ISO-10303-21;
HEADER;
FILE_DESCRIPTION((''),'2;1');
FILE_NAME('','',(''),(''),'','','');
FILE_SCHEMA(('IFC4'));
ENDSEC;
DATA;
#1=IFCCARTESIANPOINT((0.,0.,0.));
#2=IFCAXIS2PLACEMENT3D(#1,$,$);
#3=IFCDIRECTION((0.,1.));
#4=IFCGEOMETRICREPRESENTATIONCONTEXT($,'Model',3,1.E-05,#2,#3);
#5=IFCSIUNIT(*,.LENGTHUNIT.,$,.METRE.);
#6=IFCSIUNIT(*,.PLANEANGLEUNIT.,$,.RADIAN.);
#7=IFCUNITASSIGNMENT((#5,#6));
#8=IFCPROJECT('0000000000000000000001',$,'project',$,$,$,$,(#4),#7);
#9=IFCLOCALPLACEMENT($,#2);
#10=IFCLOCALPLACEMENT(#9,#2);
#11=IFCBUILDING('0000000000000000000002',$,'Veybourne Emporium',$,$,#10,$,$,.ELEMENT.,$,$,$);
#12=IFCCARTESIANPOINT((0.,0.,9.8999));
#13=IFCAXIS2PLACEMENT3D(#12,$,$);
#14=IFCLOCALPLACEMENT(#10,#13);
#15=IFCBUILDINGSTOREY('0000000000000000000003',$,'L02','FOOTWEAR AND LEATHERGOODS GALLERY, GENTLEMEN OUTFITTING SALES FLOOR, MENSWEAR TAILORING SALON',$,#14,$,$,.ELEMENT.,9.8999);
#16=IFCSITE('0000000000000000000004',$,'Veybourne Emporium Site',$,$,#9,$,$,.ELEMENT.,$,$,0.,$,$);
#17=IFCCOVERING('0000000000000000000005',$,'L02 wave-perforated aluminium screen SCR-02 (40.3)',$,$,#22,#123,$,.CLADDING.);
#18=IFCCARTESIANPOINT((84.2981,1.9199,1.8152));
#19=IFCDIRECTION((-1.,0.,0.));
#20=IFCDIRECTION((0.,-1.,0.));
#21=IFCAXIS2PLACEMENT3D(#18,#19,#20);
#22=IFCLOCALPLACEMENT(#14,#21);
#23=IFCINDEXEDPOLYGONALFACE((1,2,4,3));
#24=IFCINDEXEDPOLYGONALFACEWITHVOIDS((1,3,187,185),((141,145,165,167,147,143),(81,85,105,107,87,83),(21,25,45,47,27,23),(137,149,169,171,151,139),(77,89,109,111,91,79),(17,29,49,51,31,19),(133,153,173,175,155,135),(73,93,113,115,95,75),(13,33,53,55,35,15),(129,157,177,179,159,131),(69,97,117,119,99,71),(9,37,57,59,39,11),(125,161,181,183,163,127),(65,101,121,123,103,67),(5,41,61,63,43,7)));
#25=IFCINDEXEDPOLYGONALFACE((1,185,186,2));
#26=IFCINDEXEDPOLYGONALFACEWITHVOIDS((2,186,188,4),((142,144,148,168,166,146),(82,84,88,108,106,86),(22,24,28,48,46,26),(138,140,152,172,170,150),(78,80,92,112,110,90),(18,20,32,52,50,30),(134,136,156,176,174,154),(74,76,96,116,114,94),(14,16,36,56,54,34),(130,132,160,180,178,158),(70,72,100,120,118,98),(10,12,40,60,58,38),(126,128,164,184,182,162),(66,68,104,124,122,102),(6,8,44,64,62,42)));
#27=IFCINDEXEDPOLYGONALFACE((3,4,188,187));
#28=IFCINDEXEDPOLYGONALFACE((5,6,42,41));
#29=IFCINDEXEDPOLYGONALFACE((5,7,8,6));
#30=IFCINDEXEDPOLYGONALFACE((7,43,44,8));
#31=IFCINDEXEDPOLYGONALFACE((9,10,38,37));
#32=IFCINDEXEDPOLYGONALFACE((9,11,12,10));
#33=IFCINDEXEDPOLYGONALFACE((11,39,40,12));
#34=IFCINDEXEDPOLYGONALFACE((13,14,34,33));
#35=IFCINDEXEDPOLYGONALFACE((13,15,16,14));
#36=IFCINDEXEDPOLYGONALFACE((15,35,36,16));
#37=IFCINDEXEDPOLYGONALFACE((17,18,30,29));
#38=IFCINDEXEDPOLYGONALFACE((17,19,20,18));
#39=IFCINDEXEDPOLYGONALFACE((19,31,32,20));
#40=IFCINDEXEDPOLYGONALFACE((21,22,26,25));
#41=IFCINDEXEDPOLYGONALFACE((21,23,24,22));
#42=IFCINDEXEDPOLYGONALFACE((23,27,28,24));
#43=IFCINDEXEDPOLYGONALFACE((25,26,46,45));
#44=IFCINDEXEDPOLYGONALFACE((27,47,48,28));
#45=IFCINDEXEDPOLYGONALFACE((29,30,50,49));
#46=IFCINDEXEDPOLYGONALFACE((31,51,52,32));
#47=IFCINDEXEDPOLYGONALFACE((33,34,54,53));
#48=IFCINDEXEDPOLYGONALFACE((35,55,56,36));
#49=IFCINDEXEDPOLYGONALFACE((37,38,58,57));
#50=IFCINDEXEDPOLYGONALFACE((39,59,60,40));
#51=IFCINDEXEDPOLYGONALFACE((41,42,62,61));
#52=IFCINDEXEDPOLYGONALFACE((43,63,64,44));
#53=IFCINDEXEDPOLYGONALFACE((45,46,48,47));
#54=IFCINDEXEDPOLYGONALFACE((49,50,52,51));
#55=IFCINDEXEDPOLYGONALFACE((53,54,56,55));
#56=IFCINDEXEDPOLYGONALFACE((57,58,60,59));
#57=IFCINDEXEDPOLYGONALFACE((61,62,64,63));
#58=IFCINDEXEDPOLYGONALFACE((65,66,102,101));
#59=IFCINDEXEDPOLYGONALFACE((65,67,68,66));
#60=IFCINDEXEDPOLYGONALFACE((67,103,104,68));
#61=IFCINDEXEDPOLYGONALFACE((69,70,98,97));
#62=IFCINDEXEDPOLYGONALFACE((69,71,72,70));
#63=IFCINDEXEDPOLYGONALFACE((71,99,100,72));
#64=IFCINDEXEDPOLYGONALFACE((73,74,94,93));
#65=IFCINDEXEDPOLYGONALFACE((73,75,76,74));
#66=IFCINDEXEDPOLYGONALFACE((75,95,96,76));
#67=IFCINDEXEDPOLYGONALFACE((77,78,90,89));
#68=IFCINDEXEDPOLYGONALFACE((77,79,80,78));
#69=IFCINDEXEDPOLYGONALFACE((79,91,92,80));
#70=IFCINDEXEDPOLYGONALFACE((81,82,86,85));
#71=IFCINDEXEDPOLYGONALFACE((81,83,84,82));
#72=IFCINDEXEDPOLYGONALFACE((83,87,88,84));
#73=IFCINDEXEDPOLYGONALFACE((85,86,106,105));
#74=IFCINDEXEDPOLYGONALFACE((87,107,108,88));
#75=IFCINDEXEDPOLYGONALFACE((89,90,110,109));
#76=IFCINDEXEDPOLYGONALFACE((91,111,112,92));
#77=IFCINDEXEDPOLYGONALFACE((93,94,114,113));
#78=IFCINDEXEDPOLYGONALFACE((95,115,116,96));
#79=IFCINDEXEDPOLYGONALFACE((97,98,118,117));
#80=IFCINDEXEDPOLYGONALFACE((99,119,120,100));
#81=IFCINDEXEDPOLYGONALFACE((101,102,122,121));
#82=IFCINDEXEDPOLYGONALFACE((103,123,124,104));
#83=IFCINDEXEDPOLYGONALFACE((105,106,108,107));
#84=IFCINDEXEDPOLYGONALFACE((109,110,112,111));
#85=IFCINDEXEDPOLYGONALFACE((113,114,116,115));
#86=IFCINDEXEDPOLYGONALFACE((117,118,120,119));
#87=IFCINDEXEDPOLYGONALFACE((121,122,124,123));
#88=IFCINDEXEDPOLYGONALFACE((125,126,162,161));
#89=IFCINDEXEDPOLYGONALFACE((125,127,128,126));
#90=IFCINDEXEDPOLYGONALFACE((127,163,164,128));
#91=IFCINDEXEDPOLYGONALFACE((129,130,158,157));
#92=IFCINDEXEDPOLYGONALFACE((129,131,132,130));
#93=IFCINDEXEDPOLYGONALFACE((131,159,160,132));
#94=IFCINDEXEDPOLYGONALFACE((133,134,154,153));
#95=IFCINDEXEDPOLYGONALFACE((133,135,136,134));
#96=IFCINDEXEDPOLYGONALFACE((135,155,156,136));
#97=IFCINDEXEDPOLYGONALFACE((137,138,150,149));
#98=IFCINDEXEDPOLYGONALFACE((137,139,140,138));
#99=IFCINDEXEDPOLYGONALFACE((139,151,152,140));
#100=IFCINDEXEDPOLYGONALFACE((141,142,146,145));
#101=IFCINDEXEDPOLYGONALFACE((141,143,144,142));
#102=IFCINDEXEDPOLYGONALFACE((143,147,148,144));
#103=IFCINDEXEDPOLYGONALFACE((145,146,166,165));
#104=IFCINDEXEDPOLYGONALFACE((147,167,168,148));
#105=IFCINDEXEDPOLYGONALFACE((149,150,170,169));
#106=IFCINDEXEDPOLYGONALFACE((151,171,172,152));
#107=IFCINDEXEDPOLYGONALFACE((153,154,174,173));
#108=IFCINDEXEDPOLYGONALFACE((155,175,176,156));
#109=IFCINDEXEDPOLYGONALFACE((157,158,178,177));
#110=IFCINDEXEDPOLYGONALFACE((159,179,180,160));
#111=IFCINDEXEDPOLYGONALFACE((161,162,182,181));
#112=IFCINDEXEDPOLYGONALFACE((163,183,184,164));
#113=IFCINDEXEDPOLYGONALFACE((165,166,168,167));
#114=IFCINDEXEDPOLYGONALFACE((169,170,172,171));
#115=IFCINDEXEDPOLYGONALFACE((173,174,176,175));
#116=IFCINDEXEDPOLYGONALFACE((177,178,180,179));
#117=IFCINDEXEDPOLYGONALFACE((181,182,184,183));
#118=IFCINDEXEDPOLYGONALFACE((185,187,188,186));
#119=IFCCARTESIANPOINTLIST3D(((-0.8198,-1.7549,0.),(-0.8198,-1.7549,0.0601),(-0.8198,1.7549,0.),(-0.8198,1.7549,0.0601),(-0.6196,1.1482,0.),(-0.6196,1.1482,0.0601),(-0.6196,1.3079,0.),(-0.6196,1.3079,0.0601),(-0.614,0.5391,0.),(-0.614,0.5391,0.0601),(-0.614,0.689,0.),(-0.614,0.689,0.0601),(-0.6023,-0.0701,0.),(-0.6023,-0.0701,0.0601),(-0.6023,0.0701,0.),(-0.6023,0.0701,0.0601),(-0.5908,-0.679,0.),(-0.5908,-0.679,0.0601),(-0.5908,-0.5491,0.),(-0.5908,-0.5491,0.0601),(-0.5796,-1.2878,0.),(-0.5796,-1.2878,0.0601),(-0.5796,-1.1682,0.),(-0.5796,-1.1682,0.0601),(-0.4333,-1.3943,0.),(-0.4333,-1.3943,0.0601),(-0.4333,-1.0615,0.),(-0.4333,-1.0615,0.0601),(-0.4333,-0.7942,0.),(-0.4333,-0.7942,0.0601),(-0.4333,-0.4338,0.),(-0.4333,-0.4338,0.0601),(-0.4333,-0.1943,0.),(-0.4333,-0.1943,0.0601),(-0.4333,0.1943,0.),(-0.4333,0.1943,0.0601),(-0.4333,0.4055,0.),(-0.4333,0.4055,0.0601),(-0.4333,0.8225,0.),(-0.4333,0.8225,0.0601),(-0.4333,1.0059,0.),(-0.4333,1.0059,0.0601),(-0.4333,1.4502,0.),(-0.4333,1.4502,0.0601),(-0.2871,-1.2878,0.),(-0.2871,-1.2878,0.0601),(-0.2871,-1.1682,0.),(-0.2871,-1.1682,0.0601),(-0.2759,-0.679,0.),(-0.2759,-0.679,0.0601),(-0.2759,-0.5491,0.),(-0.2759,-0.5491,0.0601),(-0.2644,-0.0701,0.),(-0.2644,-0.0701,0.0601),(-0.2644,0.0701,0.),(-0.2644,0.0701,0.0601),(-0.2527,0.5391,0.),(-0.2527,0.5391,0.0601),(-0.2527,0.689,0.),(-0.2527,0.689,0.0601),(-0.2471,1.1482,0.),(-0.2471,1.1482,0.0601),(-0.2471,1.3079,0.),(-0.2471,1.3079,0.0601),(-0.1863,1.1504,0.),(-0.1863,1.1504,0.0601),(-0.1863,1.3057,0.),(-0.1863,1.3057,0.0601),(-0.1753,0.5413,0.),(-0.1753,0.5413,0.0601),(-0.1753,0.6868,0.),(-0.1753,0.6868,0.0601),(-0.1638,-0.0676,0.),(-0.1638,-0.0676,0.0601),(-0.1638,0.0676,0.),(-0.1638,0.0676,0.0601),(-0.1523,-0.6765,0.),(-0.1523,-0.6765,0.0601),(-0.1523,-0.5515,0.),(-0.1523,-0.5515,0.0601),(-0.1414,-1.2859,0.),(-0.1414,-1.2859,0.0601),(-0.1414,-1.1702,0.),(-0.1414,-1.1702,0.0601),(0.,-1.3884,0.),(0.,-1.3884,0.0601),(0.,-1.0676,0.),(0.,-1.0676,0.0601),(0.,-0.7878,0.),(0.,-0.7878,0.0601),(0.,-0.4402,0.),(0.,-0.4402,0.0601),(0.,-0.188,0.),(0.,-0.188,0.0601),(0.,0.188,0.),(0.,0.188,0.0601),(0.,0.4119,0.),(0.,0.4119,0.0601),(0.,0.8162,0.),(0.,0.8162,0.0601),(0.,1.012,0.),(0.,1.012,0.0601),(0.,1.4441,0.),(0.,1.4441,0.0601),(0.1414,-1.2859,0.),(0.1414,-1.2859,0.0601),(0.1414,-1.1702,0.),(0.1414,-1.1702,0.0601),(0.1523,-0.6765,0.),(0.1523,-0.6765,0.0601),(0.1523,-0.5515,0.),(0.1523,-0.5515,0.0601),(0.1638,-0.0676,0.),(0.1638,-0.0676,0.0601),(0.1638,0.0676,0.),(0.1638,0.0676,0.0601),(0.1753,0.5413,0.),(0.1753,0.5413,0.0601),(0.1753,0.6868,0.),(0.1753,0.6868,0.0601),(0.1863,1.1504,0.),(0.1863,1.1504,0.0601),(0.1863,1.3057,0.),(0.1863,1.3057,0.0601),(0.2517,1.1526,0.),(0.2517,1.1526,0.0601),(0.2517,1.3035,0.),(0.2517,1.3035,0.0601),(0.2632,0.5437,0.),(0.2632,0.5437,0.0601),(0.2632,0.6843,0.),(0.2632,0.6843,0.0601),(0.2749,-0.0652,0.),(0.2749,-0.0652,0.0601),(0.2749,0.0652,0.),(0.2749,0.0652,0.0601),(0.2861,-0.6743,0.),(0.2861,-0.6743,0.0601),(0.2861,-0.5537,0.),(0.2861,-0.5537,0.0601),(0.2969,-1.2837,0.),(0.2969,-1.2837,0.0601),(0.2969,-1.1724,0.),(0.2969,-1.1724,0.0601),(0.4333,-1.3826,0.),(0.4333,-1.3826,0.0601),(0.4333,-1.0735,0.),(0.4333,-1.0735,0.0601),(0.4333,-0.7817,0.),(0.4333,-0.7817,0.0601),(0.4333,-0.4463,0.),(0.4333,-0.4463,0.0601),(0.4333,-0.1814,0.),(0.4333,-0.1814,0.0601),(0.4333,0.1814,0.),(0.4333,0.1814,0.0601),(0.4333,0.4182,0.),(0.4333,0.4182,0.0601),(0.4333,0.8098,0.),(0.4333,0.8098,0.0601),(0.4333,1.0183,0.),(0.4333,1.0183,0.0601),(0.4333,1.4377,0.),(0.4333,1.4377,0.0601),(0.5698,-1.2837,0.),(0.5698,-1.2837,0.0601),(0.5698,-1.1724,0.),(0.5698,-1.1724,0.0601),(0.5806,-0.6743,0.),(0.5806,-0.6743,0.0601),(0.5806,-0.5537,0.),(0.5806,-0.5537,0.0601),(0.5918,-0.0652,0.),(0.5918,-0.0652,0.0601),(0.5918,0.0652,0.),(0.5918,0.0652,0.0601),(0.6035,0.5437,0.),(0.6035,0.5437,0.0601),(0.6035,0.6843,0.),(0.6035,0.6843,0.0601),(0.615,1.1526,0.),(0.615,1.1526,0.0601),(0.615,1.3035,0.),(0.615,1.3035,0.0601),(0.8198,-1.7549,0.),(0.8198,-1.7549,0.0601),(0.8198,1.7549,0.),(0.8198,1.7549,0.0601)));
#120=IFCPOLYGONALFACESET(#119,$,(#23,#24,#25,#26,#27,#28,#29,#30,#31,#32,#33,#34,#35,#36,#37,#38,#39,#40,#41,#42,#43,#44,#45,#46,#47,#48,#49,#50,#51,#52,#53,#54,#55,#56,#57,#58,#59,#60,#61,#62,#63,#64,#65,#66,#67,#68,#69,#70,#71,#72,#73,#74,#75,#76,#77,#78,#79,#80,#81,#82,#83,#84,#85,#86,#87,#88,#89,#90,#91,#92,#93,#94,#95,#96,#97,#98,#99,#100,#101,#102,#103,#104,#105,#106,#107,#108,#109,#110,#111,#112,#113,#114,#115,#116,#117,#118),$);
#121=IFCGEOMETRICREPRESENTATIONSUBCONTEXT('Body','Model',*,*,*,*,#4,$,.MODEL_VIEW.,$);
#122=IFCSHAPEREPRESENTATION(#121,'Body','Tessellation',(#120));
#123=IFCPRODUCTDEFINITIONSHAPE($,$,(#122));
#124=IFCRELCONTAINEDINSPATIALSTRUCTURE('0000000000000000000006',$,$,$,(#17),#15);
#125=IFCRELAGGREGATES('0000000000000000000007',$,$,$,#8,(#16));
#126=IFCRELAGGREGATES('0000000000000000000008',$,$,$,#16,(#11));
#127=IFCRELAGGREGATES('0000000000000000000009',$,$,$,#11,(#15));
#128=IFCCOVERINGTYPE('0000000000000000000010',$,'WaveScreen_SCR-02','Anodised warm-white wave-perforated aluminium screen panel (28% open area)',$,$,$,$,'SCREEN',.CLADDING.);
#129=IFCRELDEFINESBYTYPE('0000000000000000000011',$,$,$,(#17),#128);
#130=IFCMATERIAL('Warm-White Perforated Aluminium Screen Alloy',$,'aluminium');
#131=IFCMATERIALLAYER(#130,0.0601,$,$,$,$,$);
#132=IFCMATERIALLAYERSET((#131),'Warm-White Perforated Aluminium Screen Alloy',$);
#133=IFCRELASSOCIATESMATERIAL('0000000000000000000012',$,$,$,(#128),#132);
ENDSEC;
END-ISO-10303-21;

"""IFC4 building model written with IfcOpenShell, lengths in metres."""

from ifc_helpers import new_model, si_unit, direction, frame, origin, place, context, subcontext, project, spatial, polyline, outline, extrude, material, layer, layer_set, type_object, element, save


model = new_model("IFC4")

# Units and contexts
model_context = context("Model", 3, precision=1e-05, world=origin(), true_north=direction((0.0, 1.0)))
body_context = subcontext(model_context, "Body", "Model", "MODEL_VIEW")
ifc_project = project(units=[si_unit("LENGTHUNIT", "METRE"), si_unit("PLANEANGLEUNIT", "RADIAN")], contexts=[model_context])

# Site, building, storey
site_placement = place(None, origin())
site = spatial("IfcSite", under=ifc_project, at=site_placement, Name="Veybourne Emporium Site", CompositionType="ELEMENT", RefElevation=0.0)
building_placement = place(site_placement, origin())
building = spatial("IfcBuilding", under=site, at=building_placement, Name="Veybourne Emporium", CompositionType="ELEMENT")
storey_placement = place(building_placement, frame((0.0, 0.0, 9.8999)))
storey = spatial("IfcBuildingStorey", under=building, at=storey_placement, Name="L02", Description="FOOTWEAR AND LEATHERGOODS GALLERY, GENTLEMEN OUTFITTING SALES FLOOR, MENSWEAR TAILORING SALON", CompositionType="ELEMENT", Elevation=9.8999)

# Covering
ifc_material_1 = material(Name="Warm-White Perforated Aluminium Screen Alloy", Category="aluminium")
ifc_layer_1 = layer(ifc_material_1, 0.0601)
ifc_layer_set_1 = layer_set([ifc_layer_1], Name="Warm-White Perforated Aluminium Screen Alloy")
covering_type_1 = type_object("IfcCoveringType", Name="WaveScreen_SCR-02", Description="Anodised warm-white wave-perforated aluminium screen panel (28% open area)", ElementType="SCREEN", PredefinedType="CLADDING", material=ifc_layer_set_1)
covering_1_placement = place(storey_placement, frame((84.2981, 1.9199, 1.8152), z_axis=(-1.0, 0.0, 0.0), x_axis=(0.0, -1.0, 0.0)))
element("IfcCovering", 1, at=covering_1_placement, inside=storey, type_object=covering_type_1, Name="L02 wave-perforated aluminium screen SCR-02 (40.3)", PredefinedType="CLADDING", context=body_context, shape_type="SweptSolid", body=[
    extrude(outline(polyline([(-0.8198, -1.7549), (0.8198, -1.7549), (0.8198, 1.7549), (-0.8198, 1.7549), (-0.8198, -1.7549)]), holes=[polyline([(-0.4333, -1.0615), (-0.2871, -1.1682), (-0.2871, -1.2878), (-0.4333, -1.3943), (-0.5796, -1.2878), (-0.5796, -1.1682), (-0.4333, -1.0615)]), polyline([(-0.4333, -0.4338), (-0.2759, -0.5491), (-0.2759, -0.679), (-0.4333, -0.7942), (-0.5908, -0.679), (-0.5908, -0.5491), (-0.4333, -0.4338)]), polyline([(-0.4333, 0.1943), (-0.2644, 0.0701), (-0.2644, -0.0701), (-0.4333, -0.1943), (-0.6023, -0.0701), (-0.6023, 0.0701), (-0.4333, 0.1943)]), polyline([(-0.4333, 0.8225), (-0.2527, 0.689), (-0.2527, 0.5391), (-0.4333, 0.4055), (-0.614, 0.5391), (-0.614, 0.689), (-0.4333, 0.8225)]), polyline([(-0.4333, 1.4502), (-0.2471, 1.3079), (-0.2471, 1.1482), (-0.4333, 1.0059), (-0.6196, 1.1482), (-0.6196, 1.3079), (-0.4333, 1.4502)]), polyline([(0.0, -1.0676), (0.1414, -1.1702), (0.1414, -1.2859), (0.0, -1.3884), (-0.1414, -1.2859), (-0.1414, -1.1702), (0.0, -1.0676)]), polyline([(0.0, -0.4402), (0.1523, -0.5515), (0.1523, -0.6765), (0.0, -0.7878), (-0.1523, -0.6765), (-0.1523, -0.5515), (0.0, -0.4402)]), polyline([(0.0, 0.188), (0.1638, 0.0676), (0.1638, -0.0676), (0.0, -0.188), (-0.1638, -0.0676), (-0.1638, 0.0676), (0.0, 0.188)]), polyline([(0.0, 0.8162), (0.1753, 0.6868), (0.1753, 0.5413), (0.0, 0.4119), (-0.1753, 0.5413), (-0.1753, 0.6868), (0.0, 0.8162)]), polyline([(0.0, 1.4441), (0.1863, 1.3057), (0.1863, 1.1504), (0.0, 1.012), (-0.1863, 1.1504), (-0.1863, 1.3057), (0.0, 1.4441)]), polyline([(0.4333, -1.0735), (0.5698, -1.1724), (0.5698, -1.2837), (0.4333, -1.3826), (0.2969, -1.2837), (0.2969, -1.1724), (0.4333, -1.0735)]), polyline([(0.4333, -0.4463), (0.5806, -0.5537), (0.5806, -0.6743), (0.4333, -0.7817), (0.2861, -0.6743), (0.2861, -0.5537), (0.4333, -0.4463)]), polyline([(0.4333, 0.1814), (0.5918, 0.0652), (0.5918, -0.0652), (0.4333, -0.1814), (0.2749, -0.0652), (0.2749, 0.0652), (0.4333, 0.1814)]), polyline([(0.4333, 0.8098), (0.6035, 0.6843), (0.6035, 0.5437), (0.4333, 0.4182), (0.2632, 0.5437), (0.2632, 0.6843), (0.4333, 0.8098)]), polyline([(0.4333, 1.4377), (0.615, 1.3035), (0.615, 1.1526), (0.4333, 1.0183), (0.2517, 1.1526), (0.2517, 1.3035), (0.4333, 1.4377)])]), origin(), (0.0, 0.0, 1.0), 0.0601),
])

save(model, "model.ifc")
